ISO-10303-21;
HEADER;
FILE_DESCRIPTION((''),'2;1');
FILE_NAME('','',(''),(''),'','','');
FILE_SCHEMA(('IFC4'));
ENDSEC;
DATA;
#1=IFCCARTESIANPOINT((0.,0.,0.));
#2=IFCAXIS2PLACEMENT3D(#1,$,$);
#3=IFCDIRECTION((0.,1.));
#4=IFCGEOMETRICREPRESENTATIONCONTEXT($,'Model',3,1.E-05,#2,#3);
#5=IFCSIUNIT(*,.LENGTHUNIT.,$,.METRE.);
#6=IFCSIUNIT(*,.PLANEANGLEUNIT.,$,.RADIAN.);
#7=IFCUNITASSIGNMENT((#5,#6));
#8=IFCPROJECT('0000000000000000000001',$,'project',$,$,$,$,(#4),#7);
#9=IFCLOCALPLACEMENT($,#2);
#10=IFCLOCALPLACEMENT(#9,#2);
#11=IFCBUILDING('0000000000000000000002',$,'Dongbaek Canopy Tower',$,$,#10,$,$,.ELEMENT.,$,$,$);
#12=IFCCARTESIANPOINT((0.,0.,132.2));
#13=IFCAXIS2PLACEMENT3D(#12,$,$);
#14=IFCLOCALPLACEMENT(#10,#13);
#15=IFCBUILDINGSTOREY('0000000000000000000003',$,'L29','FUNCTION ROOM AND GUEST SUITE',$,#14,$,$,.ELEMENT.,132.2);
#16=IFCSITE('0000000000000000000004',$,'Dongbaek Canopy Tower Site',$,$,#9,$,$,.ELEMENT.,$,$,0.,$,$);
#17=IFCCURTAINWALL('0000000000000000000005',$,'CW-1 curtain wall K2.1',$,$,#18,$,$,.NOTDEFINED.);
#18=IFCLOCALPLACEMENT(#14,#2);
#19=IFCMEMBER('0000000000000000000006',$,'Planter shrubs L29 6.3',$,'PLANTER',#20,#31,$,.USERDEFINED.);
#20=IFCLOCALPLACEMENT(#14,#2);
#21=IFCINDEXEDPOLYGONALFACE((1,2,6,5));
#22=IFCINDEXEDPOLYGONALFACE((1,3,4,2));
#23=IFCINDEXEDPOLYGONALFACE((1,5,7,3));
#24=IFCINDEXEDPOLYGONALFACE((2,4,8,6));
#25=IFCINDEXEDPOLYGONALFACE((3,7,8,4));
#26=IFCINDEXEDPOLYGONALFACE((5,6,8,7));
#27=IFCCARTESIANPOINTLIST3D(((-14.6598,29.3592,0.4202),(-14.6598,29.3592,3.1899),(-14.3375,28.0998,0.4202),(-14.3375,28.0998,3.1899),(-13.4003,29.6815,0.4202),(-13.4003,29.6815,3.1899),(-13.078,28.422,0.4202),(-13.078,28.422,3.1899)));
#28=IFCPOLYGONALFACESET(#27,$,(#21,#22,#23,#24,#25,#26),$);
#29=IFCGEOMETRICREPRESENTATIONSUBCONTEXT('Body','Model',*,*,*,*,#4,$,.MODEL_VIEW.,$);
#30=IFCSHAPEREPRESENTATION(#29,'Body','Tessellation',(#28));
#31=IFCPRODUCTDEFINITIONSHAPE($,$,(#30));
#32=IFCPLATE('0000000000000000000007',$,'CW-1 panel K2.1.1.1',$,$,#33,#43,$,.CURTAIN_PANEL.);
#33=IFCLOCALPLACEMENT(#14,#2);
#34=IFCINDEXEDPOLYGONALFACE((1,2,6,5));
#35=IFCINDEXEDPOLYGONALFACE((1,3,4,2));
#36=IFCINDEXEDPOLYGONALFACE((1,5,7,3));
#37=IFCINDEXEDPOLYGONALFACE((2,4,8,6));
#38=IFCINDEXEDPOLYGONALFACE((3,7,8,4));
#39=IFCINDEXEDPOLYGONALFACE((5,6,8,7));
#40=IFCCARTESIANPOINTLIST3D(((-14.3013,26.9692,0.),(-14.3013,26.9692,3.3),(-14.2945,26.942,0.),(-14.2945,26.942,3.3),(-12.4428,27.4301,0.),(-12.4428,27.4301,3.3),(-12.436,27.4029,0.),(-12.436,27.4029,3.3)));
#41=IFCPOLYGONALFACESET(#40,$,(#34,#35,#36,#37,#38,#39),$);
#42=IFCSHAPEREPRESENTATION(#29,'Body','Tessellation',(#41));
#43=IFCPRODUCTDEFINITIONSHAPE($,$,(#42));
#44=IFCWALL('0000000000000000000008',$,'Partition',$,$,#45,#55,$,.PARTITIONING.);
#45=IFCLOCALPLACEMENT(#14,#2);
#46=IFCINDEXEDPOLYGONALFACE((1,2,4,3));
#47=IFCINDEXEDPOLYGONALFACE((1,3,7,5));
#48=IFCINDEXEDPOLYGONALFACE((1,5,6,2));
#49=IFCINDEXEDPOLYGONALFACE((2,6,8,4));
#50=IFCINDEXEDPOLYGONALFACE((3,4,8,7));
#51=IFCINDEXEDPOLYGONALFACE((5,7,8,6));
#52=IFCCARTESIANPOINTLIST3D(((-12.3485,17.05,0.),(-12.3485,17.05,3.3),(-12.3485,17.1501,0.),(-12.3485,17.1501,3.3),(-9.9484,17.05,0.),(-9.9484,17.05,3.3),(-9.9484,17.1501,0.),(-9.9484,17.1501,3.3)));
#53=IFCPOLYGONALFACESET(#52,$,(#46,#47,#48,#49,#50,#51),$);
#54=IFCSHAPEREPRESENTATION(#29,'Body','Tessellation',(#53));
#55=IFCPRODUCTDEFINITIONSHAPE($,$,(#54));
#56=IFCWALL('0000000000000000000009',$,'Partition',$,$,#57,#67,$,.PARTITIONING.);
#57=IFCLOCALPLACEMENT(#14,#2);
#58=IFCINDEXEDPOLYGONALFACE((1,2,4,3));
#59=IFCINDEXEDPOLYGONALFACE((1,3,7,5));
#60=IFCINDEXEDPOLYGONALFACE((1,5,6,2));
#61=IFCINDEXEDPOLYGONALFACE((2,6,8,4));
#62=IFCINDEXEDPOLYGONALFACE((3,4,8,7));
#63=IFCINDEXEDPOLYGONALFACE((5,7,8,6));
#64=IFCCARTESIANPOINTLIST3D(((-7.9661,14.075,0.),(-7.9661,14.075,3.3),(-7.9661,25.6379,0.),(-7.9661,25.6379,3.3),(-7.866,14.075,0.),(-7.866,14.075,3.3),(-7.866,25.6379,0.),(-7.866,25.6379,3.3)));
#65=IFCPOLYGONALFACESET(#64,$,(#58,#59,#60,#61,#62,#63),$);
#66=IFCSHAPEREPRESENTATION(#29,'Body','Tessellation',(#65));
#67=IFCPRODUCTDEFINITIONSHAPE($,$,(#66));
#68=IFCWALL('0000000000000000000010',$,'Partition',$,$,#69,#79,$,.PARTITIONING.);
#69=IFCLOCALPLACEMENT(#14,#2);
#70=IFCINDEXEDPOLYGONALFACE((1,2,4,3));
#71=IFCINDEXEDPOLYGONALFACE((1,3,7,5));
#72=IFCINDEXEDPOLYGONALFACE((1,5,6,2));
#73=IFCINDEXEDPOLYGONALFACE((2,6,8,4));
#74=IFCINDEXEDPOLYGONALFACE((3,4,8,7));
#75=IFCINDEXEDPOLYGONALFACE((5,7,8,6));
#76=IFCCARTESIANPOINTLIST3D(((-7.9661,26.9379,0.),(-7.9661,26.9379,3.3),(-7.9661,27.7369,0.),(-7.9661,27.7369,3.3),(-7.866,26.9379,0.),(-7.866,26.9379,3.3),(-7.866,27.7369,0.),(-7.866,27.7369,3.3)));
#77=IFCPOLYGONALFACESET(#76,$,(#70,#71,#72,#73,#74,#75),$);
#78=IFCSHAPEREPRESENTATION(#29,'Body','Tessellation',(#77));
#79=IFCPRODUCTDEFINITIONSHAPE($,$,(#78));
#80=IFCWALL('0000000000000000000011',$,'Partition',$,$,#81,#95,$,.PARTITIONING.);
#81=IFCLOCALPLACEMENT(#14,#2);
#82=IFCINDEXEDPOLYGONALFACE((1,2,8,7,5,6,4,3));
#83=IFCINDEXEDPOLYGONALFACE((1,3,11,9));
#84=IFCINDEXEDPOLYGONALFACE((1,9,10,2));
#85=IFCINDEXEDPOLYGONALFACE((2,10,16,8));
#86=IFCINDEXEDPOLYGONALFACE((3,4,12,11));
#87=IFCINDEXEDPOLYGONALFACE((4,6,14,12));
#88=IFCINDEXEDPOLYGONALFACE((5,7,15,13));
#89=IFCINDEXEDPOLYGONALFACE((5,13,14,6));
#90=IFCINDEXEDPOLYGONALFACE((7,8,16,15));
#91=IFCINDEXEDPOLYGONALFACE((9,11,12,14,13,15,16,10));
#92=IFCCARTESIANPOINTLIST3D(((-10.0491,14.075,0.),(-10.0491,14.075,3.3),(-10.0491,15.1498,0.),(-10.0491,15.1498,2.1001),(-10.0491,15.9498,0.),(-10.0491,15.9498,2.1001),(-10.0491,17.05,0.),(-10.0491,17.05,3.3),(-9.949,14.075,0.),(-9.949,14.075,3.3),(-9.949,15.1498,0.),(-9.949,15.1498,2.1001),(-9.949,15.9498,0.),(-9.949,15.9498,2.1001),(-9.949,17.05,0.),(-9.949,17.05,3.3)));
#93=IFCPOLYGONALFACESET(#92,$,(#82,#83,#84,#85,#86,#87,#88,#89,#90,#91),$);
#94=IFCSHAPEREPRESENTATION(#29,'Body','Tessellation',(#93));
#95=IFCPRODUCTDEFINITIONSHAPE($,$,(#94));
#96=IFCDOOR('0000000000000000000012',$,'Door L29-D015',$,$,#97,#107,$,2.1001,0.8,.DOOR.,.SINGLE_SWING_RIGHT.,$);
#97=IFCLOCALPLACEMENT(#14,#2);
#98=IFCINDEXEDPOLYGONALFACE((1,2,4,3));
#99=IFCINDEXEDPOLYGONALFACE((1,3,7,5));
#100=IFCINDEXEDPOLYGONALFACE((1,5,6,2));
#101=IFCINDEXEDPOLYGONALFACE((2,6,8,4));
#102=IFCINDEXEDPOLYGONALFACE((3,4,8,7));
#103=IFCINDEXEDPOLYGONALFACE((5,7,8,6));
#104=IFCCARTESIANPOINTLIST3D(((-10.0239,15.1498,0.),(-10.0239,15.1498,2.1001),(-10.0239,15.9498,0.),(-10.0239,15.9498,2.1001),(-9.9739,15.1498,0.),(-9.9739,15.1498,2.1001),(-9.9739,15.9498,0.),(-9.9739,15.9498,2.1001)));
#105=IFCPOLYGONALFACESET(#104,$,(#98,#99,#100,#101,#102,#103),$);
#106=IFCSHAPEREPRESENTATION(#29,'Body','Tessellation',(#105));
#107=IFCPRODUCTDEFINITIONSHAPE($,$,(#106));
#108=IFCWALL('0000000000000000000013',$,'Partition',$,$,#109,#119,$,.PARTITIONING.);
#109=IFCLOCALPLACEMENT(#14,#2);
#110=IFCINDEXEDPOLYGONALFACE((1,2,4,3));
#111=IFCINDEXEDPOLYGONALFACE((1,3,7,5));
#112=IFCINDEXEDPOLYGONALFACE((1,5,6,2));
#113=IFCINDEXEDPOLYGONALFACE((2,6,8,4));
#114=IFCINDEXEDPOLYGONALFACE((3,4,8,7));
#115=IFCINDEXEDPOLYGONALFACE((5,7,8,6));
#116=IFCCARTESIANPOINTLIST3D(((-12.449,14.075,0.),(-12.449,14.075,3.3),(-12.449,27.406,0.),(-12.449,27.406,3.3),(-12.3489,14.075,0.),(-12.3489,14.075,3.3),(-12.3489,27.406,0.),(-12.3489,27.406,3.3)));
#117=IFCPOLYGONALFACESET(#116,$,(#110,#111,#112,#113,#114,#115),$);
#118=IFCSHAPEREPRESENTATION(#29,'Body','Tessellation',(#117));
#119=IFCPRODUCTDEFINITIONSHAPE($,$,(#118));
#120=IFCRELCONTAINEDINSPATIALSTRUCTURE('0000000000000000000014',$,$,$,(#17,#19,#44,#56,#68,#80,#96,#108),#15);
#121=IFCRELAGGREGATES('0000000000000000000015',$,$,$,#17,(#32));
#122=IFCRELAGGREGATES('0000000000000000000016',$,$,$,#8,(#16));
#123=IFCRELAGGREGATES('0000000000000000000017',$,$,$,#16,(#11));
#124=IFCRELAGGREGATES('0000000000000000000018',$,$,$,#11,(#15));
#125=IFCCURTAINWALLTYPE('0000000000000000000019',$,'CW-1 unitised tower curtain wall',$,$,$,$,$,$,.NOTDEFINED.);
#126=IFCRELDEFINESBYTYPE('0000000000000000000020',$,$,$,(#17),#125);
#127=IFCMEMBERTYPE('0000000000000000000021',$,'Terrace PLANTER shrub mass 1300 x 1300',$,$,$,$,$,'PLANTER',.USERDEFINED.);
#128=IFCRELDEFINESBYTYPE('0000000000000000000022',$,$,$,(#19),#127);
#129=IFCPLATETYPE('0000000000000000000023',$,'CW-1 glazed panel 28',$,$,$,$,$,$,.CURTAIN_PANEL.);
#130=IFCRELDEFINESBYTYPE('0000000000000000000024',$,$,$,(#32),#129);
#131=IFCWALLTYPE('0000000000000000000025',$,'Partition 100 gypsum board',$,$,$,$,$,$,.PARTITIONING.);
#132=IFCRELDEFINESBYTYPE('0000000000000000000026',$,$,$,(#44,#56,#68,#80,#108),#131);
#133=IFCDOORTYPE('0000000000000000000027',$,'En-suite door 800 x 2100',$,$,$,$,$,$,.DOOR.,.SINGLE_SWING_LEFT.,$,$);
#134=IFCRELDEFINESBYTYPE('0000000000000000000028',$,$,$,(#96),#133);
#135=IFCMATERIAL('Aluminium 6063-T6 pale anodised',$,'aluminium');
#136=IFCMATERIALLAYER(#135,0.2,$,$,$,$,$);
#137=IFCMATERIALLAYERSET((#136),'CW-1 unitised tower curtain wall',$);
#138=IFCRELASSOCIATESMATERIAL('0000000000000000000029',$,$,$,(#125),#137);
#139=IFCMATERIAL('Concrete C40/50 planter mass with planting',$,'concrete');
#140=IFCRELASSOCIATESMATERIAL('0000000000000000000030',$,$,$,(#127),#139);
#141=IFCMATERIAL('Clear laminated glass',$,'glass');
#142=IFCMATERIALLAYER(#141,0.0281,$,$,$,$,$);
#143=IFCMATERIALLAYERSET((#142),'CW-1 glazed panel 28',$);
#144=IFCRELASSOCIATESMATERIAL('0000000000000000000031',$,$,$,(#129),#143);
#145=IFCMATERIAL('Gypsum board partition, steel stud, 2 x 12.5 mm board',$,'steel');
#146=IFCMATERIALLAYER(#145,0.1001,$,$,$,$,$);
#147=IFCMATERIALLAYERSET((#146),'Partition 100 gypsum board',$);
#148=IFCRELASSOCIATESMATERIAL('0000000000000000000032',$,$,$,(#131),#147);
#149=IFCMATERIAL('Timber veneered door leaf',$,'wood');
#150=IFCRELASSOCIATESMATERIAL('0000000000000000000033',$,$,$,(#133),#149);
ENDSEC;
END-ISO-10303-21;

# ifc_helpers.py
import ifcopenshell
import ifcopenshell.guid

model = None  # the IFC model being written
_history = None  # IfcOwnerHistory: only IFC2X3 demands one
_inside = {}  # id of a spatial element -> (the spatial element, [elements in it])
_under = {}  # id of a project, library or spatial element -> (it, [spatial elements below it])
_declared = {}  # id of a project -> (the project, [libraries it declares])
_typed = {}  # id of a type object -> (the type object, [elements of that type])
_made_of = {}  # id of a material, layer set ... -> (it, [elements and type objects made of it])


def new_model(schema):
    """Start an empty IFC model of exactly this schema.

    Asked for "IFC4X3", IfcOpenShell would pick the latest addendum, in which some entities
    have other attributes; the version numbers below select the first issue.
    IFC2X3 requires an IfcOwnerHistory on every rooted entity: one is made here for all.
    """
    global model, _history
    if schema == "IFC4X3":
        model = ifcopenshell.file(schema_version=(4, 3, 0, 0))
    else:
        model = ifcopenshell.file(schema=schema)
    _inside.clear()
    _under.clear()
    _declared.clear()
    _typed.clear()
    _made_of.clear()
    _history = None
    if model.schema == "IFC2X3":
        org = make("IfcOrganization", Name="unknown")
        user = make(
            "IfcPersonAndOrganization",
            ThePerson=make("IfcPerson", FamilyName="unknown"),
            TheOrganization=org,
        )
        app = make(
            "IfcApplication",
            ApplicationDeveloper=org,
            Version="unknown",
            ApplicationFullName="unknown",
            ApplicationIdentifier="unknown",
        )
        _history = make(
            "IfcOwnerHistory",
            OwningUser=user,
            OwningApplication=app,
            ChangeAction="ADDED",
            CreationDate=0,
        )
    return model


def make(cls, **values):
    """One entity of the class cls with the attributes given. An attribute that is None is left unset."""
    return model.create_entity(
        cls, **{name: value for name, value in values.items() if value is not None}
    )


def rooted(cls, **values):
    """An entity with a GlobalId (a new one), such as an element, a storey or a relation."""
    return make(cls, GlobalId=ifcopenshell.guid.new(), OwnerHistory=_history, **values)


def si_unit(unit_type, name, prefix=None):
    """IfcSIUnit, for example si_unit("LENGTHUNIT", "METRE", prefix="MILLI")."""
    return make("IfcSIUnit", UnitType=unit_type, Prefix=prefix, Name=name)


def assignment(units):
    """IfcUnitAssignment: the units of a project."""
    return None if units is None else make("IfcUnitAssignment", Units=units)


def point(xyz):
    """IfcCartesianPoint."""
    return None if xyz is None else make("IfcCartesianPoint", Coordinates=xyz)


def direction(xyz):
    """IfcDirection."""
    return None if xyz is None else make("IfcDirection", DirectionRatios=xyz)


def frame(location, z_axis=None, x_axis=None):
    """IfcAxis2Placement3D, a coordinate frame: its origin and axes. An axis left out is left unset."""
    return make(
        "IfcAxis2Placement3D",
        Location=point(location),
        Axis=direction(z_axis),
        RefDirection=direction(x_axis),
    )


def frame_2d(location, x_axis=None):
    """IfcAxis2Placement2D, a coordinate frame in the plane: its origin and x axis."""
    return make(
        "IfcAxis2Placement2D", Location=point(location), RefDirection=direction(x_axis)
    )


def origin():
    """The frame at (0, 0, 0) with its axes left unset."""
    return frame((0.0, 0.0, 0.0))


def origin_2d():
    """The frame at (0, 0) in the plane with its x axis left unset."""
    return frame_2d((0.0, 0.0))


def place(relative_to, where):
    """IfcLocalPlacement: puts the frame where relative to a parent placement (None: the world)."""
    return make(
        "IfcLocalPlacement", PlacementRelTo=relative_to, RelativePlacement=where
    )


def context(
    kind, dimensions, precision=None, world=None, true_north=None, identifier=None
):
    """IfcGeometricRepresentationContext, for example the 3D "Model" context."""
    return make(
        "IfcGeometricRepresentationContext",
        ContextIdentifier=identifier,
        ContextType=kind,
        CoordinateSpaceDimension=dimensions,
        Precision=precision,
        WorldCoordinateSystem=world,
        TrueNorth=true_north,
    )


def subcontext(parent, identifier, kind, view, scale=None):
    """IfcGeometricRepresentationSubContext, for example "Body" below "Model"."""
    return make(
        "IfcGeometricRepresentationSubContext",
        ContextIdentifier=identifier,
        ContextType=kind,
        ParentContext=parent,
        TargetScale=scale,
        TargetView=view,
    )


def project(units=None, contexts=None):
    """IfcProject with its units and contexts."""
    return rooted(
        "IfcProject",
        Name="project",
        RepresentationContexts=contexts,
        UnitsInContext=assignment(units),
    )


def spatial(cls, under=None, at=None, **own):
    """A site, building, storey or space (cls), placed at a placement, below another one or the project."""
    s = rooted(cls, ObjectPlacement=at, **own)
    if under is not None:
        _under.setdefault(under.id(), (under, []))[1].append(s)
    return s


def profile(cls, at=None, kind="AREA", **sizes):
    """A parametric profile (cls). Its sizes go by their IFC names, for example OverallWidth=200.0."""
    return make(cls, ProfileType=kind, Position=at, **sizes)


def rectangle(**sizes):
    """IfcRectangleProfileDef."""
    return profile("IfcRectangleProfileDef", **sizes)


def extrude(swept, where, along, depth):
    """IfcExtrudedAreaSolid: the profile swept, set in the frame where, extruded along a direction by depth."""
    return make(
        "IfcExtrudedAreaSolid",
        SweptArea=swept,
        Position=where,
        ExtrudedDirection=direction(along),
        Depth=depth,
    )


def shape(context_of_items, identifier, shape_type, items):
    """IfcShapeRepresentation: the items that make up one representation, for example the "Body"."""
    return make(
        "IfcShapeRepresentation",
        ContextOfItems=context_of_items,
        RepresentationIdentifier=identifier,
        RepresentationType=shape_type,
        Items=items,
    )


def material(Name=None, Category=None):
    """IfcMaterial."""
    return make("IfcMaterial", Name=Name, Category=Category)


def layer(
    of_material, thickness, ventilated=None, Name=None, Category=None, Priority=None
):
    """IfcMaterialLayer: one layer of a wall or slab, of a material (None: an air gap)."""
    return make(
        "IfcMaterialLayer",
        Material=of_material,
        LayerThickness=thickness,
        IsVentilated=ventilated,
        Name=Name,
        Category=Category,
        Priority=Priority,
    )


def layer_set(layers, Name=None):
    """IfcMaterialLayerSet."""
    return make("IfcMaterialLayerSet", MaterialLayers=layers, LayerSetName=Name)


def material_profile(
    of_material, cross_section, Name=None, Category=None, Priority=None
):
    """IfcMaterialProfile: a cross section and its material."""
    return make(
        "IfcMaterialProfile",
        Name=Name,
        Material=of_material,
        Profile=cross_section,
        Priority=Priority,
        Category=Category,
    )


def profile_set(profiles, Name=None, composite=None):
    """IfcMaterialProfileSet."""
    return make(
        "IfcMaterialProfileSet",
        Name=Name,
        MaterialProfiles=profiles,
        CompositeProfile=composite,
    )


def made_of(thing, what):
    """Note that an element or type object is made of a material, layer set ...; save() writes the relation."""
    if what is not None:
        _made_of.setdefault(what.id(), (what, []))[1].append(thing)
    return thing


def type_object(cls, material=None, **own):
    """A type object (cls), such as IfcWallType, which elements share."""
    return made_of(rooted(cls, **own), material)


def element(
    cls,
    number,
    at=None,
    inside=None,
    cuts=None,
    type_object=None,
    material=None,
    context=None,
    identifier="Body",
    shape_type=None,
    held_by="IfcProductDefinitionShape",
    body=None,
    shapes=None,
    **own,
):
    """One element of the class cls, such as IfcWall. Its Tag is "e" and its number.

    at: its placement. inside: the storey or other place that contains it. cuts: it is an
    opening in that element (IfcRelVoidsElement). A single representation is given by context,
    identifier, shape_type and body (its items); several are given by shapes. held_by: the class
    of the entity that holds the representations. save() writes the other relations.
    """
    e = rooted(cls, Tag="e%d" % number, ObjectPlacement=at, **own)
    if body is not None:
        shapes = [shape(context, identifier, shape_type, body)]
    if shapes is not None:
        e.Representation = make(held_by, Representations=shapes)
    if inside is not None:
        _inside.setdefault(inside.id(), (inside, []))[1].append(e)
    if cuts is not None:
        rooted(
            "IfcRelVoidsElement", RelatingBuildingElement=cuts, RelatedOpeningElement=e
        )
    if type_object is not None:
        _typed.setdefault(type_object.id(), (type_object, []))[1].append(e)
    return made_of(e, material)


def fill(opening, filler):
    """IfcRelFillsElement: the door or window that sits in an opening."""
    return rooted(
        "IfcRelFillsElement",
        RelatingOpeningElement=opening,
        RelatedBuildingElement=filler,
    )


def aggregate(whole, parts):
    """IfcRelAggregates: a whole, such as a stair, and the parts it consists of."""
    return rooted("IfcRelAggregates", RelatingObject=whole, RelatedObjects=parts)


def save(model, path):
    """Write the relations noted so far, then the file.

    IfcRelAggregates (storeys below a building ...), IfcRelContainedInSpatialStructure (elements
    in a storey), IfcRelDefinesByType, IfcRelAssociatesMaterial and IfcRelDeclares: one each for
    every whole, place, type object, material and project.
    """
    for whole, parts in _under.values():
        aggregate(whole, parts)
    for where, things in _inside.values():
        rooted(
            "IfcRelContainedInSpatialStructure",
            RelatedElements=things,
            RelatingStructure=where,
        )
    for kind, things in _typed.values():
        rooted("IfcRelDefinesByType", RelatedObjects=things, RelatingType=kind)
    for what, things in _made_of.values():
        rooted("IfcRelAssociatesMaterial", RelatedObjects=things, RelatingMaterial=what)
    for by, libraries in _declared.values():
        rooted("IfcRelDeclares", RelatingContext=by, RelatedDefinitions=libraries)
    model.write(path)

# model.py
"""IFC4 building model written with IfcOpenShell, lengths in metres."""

from ifc_helpers import new_model, si_unit, direction, frame, frame_2d, origin, origin_2d, place, context, subcontext, project, spatial, rectangle, extrude, material, layer, layer_set, material_profile, profile_set, type_object, element, fill, aggregate, save


model = new_model("IFC4")

# Units and contexts
model_context = context("Model", 3, precision=1e-05, world=origin(), true_north=direction((0.0, 1.0)))
body_context = subcontext(model_context, "Body", "Model", "MODEL_VIEW")
ifc_project = project(units=[si_unit("LENGTHUNIT", "METRE"), si_unit("PLANEANGLEUNIT", "RADIAN")], contexts=[model_context])

# Site, building, storey
site_placement = place(None, origin())
site = spatial("IfcSite", under=ifc_project, at=site_placement, Name="Dongbaek Canopy Tower Site", CompositionType="ELEMENT", RefElevation=0.0)
building_placement = place(site_placement, origin())
building = spatial("IfcBuilding", under=site, at=building_placement, Name="Dongbaek Canopy Tower", CompositionType="ELEMENT")
storey_placement = place(building_placement, frame((0.0, 0.0, 132.2)))
storey = spatial("IfcBuildingStorey", under=building, at=storey_placement, Name="L29", Description="FUNCTION ROOM AND GUEST SUITE", CompositionType="ELEMENT", Elevation=132.2)

# Curtain wall
ifc_material_1 = material(Name="Aluminium 6063-T6 pale anodised", Category="aluminium")
ifc_layer_1 = layer(ifc_material_1, 0.2)
ifc_layer_set_1 = layer_set([ifc_layer_1], Name="CW-1 unitised tower curtain wall")
curtain_wall_type = type_object("IfcCurtainWallType", Name="CW-1 unitised tower curtain wall", PredefinedType="NOTDEFINED", material=ifc_layer_set_1)
curtain_wall_placement = place(storey_placement, origin())
curtain_wall = element("IfcCurtainWall", 1, at=curtain_wall_placement, inside=storey, type_object=curtain_wall_type, Name="CW-1 curtain wall K2.1", PredefinedType="NOTDEFINED")

# Member
ifc_material_2 = material(Name="Concrete C40/50 planter mass with planting", Category="concrete")
ifc_material_profile_1 = material_profile(ifc_material_2, rectangle(XDim=1.3, YDim=1.3, at=origin_2d()), Name="Terrace PLANTER shrub mass 1300 x 1300")
ifc_profile_set_1 = profile_set([ifc_material_profile_1], Name="Concrete C40/50 planter mass with planting")
member_type_1 = type_object("IfcMemberType", Name="Terrace PLANTER shrub mass 1300 x 1300", ElementType="PLANTER", PredefinedType="USERDEFINED", material=ifc_profile_set_1)
member_1_placement = place(storey_placement, frame((-13.8689, 28.8906, 0.4202), z_axis=(0.0, 0.0, 1.0), x_axis=(-0.247887, 0.968789, 0.0)))
element("IfcMember", 2, at=member_1_placement, inside=storey, type_object=member_type_1, Name="Planter shrubs L29 6.3", ObjectType="PLANTER", PredefinedType="USERDEFINED", context=body_context, shape_type="SweptSolid", body=[
    extrude(rectangle(XDim=1.3, YDim=1.3, at=origin_2d()), origin(), (0.0, 0.0, 1.0), 2.7698),
])

# Plate
ifc_material_3 = material(Name="Clear laminated glass", Category="glass")
ifc_layer_2 = layer(ifc_material_3, 0.0281)
ifc_layer_set_2 = layer_set([ifc_layer_2], Name="CW-1 glazed panel 28")
plate_type = type_object("IfcPlateType", Name="CW-1 glazed panel 28", PredefinedType="CURTAIN_PANEL", material=ifc_layer_set_2)
plate_placement = place(storey_placement, frame((-13.3687, 27.186, 0.0), z_axis=(0.0, 0.0, 1.0), x_axis=(-0.970597, -0.240709, 0.0)))
plate = element("IfcPlate", 3, at=plate_placement, type_object=plate_type, Name="CW-1 panel K2.1.1.1", PredefinedType="CURTAIN_PANEL", context=body_context, shape_type="SweptSolid", body=[
    extrude(rectangle(XDim=1.9148, YDim=0.0281, at=origin_2d()), origin(), (0.0, 0.0, 1.0), 3.3),
])
aggregate(curtain_wall, [plate])

# Walls
ifc_material_4 = material(Name="Gypsum board partition, steel stud, 2 x 12.5 mm board", Category="steel")
ifc_layer_3 = layer(ifc_material_4, 0.1001)
ifc_layer_set_3 = layer_set([ifc_layer_3], Name="Partition 100 gypsum board")
wall_type_1 = type_object("IfcWallType", Name="Partition 100 gypsum board", PredefinedType="PARTITIONING", material=ifc_layer_set_3)
wall_1_placement = place(storey_placement, frame((-12.3486, 17.1001, 0.0), z_axis=(0.0, 0.0, 1.0), x_axis=(1.0, 0.0, 0.0)))
element("IfcWall", 4, at=wall_1_placement, inside=storey, type_object=wall_type_1, Name="Partition", PredefinedType="PARTITIONING", context=body_context, shape_type="SweptSolid", body=[
    extrude(rectangle(XDim=2.4001, YDim=0.1001, at=frame_2d((1.2002, 0.0))), origin(), (0.0, 0.0, 1.0), 3.3),
])
wall_2_placement = place(storey_placement, frame((-7.916, 14.075, 0.0), z_axis=(0.0, 0.0, 1.0), x_axis=(0.0, 1.0, 0.0)))
element("IfcWall", 5, at=wall_2_placement, inside=storey, type_object=wall_type_1, Name="Partition", PredefinedType="PARTITIONING", context=body_context, shape_type="SweptSolid", body=[
    extrude(rectangle(XDim=11.563, YDim=0.1001, at=frame_2d((5.7815, 0.0))), origin(), (0.0, 0.0, 1.0), 3.3),
])
wall_3_placement = place(storey_placement, frame((-7.916, 26.938, 0.0), z_axis=(0.0, 0.0, 1.0), x_axis=(0.0, 1.0, 0.0)))
element("IfcWall", 6, at=wall_3_placement, inside=storey, type_object=wall_type_1, Name="Partition", PredefinedType="PARTITIONING", context=body_context, shape_type="SweptSolid", body=[
    extrude(rectangle(XDim=0.7991, YDim=0.1001, at=frame_2d((0.3994, 0.0))), origin(), (0.0, 0.0, 1.0), 3.3),
])

# Wall, opening, door
wall_4_placement = place(storey_placement, frame((-9.999, 14.075, 0.0), z_axis=(0.0, 0.0, 1.0), x_axis=(0.0, 1.0, 0.0)))
wall_4 = element("IfcWall", 7, at=wall_4_placement, inside=storey, type_object=wall_type_1, Name="Partition", PredefinedType="PARTITIONING", context=body_context, shape_type="SweptSolid", body=[
    extrude(rectangle(XDim=2.9751, YDim=0.1001, at=frame_2d((1.4875, 0.0))), origin(), (0.0, 0.0, 1.0), 3.3),
])
opening_1_placement = place(wall_4_placement, frame((1.075, 0.0, 0.0)))
opening_1 = element("IfcOpeningElement", 8, at=opening_1_placement, cuts=wall_4, PredefinedType="OPENING", context=body_context, shape_type="SweptSolid", body=[
    extrude(rectangle(XDim=0.8, YDim=2.1001, at=frame_2d((0.3999, 1.05))), frame((0.0, 0.0601, 0.0), z_axis=(0.0, -1.0, 0.0), x_axis=(1.0, 0.0, 0.0)), (0.0, 0.0, 1.0), 0.1201),
])
ifc_material_5 = material(Name="Timber veneered door leaf", Category="wood")
door_type_1 = type_object("IfcDoorType", Name="En-suite door 800 x 2100", OperationType="SINGLE_SWING_LEFT", PredefinedType="DOOR", material=ifc_material_5)
door_1_placement = place(opening_1_placement, origin())
door_1 = element("IfcDoor", 9, at=door_1_placement, inside=storey, type_object=door_type_1, Name="Door L29-D015", OperationType="SINGLE_SWING_RIGHT", OverallHeight=2.1001, OverallWidth=0.8, PredefinedType="DOOR", context=body_context, shape_type="SweptSolid", body=[
    extrude(rectangle(XDim=0.8, YDim=2.1001, at=frame_2d((0.3999, 1.05))), frame((0.0, 0.0249, 0.0), z_axis=(0.0, -1.0, 0.0), x_axis=(1.0, 0.0, 0.0)), (0.0, 0.0, 1.0), 0.05),
])
fill(opening_1, door_1)

# Wall
wall_5_placement = place(storey_placement, frame((-12.3989, 14.075, 0.0), z_axis=(0.0, 0.0, 1.0), x_axis=(0.0, 1.0, 0.0)))
element("IfcWall", 10, at=wall_5_placement, inside=storey, type_object=wall_type_1, Name="Partition", PredefinedType="PARTITIONING", context=body_context, shape_type="SweptSolid", body=[
    extrude(rectangle(XDim=13.3311, YDim=0.1001, at=frame_2d((6.6655, 0.0))), origin(), (0.0, 0.0, 1.0), 3.3),
])

save(model, "model.ifc")
